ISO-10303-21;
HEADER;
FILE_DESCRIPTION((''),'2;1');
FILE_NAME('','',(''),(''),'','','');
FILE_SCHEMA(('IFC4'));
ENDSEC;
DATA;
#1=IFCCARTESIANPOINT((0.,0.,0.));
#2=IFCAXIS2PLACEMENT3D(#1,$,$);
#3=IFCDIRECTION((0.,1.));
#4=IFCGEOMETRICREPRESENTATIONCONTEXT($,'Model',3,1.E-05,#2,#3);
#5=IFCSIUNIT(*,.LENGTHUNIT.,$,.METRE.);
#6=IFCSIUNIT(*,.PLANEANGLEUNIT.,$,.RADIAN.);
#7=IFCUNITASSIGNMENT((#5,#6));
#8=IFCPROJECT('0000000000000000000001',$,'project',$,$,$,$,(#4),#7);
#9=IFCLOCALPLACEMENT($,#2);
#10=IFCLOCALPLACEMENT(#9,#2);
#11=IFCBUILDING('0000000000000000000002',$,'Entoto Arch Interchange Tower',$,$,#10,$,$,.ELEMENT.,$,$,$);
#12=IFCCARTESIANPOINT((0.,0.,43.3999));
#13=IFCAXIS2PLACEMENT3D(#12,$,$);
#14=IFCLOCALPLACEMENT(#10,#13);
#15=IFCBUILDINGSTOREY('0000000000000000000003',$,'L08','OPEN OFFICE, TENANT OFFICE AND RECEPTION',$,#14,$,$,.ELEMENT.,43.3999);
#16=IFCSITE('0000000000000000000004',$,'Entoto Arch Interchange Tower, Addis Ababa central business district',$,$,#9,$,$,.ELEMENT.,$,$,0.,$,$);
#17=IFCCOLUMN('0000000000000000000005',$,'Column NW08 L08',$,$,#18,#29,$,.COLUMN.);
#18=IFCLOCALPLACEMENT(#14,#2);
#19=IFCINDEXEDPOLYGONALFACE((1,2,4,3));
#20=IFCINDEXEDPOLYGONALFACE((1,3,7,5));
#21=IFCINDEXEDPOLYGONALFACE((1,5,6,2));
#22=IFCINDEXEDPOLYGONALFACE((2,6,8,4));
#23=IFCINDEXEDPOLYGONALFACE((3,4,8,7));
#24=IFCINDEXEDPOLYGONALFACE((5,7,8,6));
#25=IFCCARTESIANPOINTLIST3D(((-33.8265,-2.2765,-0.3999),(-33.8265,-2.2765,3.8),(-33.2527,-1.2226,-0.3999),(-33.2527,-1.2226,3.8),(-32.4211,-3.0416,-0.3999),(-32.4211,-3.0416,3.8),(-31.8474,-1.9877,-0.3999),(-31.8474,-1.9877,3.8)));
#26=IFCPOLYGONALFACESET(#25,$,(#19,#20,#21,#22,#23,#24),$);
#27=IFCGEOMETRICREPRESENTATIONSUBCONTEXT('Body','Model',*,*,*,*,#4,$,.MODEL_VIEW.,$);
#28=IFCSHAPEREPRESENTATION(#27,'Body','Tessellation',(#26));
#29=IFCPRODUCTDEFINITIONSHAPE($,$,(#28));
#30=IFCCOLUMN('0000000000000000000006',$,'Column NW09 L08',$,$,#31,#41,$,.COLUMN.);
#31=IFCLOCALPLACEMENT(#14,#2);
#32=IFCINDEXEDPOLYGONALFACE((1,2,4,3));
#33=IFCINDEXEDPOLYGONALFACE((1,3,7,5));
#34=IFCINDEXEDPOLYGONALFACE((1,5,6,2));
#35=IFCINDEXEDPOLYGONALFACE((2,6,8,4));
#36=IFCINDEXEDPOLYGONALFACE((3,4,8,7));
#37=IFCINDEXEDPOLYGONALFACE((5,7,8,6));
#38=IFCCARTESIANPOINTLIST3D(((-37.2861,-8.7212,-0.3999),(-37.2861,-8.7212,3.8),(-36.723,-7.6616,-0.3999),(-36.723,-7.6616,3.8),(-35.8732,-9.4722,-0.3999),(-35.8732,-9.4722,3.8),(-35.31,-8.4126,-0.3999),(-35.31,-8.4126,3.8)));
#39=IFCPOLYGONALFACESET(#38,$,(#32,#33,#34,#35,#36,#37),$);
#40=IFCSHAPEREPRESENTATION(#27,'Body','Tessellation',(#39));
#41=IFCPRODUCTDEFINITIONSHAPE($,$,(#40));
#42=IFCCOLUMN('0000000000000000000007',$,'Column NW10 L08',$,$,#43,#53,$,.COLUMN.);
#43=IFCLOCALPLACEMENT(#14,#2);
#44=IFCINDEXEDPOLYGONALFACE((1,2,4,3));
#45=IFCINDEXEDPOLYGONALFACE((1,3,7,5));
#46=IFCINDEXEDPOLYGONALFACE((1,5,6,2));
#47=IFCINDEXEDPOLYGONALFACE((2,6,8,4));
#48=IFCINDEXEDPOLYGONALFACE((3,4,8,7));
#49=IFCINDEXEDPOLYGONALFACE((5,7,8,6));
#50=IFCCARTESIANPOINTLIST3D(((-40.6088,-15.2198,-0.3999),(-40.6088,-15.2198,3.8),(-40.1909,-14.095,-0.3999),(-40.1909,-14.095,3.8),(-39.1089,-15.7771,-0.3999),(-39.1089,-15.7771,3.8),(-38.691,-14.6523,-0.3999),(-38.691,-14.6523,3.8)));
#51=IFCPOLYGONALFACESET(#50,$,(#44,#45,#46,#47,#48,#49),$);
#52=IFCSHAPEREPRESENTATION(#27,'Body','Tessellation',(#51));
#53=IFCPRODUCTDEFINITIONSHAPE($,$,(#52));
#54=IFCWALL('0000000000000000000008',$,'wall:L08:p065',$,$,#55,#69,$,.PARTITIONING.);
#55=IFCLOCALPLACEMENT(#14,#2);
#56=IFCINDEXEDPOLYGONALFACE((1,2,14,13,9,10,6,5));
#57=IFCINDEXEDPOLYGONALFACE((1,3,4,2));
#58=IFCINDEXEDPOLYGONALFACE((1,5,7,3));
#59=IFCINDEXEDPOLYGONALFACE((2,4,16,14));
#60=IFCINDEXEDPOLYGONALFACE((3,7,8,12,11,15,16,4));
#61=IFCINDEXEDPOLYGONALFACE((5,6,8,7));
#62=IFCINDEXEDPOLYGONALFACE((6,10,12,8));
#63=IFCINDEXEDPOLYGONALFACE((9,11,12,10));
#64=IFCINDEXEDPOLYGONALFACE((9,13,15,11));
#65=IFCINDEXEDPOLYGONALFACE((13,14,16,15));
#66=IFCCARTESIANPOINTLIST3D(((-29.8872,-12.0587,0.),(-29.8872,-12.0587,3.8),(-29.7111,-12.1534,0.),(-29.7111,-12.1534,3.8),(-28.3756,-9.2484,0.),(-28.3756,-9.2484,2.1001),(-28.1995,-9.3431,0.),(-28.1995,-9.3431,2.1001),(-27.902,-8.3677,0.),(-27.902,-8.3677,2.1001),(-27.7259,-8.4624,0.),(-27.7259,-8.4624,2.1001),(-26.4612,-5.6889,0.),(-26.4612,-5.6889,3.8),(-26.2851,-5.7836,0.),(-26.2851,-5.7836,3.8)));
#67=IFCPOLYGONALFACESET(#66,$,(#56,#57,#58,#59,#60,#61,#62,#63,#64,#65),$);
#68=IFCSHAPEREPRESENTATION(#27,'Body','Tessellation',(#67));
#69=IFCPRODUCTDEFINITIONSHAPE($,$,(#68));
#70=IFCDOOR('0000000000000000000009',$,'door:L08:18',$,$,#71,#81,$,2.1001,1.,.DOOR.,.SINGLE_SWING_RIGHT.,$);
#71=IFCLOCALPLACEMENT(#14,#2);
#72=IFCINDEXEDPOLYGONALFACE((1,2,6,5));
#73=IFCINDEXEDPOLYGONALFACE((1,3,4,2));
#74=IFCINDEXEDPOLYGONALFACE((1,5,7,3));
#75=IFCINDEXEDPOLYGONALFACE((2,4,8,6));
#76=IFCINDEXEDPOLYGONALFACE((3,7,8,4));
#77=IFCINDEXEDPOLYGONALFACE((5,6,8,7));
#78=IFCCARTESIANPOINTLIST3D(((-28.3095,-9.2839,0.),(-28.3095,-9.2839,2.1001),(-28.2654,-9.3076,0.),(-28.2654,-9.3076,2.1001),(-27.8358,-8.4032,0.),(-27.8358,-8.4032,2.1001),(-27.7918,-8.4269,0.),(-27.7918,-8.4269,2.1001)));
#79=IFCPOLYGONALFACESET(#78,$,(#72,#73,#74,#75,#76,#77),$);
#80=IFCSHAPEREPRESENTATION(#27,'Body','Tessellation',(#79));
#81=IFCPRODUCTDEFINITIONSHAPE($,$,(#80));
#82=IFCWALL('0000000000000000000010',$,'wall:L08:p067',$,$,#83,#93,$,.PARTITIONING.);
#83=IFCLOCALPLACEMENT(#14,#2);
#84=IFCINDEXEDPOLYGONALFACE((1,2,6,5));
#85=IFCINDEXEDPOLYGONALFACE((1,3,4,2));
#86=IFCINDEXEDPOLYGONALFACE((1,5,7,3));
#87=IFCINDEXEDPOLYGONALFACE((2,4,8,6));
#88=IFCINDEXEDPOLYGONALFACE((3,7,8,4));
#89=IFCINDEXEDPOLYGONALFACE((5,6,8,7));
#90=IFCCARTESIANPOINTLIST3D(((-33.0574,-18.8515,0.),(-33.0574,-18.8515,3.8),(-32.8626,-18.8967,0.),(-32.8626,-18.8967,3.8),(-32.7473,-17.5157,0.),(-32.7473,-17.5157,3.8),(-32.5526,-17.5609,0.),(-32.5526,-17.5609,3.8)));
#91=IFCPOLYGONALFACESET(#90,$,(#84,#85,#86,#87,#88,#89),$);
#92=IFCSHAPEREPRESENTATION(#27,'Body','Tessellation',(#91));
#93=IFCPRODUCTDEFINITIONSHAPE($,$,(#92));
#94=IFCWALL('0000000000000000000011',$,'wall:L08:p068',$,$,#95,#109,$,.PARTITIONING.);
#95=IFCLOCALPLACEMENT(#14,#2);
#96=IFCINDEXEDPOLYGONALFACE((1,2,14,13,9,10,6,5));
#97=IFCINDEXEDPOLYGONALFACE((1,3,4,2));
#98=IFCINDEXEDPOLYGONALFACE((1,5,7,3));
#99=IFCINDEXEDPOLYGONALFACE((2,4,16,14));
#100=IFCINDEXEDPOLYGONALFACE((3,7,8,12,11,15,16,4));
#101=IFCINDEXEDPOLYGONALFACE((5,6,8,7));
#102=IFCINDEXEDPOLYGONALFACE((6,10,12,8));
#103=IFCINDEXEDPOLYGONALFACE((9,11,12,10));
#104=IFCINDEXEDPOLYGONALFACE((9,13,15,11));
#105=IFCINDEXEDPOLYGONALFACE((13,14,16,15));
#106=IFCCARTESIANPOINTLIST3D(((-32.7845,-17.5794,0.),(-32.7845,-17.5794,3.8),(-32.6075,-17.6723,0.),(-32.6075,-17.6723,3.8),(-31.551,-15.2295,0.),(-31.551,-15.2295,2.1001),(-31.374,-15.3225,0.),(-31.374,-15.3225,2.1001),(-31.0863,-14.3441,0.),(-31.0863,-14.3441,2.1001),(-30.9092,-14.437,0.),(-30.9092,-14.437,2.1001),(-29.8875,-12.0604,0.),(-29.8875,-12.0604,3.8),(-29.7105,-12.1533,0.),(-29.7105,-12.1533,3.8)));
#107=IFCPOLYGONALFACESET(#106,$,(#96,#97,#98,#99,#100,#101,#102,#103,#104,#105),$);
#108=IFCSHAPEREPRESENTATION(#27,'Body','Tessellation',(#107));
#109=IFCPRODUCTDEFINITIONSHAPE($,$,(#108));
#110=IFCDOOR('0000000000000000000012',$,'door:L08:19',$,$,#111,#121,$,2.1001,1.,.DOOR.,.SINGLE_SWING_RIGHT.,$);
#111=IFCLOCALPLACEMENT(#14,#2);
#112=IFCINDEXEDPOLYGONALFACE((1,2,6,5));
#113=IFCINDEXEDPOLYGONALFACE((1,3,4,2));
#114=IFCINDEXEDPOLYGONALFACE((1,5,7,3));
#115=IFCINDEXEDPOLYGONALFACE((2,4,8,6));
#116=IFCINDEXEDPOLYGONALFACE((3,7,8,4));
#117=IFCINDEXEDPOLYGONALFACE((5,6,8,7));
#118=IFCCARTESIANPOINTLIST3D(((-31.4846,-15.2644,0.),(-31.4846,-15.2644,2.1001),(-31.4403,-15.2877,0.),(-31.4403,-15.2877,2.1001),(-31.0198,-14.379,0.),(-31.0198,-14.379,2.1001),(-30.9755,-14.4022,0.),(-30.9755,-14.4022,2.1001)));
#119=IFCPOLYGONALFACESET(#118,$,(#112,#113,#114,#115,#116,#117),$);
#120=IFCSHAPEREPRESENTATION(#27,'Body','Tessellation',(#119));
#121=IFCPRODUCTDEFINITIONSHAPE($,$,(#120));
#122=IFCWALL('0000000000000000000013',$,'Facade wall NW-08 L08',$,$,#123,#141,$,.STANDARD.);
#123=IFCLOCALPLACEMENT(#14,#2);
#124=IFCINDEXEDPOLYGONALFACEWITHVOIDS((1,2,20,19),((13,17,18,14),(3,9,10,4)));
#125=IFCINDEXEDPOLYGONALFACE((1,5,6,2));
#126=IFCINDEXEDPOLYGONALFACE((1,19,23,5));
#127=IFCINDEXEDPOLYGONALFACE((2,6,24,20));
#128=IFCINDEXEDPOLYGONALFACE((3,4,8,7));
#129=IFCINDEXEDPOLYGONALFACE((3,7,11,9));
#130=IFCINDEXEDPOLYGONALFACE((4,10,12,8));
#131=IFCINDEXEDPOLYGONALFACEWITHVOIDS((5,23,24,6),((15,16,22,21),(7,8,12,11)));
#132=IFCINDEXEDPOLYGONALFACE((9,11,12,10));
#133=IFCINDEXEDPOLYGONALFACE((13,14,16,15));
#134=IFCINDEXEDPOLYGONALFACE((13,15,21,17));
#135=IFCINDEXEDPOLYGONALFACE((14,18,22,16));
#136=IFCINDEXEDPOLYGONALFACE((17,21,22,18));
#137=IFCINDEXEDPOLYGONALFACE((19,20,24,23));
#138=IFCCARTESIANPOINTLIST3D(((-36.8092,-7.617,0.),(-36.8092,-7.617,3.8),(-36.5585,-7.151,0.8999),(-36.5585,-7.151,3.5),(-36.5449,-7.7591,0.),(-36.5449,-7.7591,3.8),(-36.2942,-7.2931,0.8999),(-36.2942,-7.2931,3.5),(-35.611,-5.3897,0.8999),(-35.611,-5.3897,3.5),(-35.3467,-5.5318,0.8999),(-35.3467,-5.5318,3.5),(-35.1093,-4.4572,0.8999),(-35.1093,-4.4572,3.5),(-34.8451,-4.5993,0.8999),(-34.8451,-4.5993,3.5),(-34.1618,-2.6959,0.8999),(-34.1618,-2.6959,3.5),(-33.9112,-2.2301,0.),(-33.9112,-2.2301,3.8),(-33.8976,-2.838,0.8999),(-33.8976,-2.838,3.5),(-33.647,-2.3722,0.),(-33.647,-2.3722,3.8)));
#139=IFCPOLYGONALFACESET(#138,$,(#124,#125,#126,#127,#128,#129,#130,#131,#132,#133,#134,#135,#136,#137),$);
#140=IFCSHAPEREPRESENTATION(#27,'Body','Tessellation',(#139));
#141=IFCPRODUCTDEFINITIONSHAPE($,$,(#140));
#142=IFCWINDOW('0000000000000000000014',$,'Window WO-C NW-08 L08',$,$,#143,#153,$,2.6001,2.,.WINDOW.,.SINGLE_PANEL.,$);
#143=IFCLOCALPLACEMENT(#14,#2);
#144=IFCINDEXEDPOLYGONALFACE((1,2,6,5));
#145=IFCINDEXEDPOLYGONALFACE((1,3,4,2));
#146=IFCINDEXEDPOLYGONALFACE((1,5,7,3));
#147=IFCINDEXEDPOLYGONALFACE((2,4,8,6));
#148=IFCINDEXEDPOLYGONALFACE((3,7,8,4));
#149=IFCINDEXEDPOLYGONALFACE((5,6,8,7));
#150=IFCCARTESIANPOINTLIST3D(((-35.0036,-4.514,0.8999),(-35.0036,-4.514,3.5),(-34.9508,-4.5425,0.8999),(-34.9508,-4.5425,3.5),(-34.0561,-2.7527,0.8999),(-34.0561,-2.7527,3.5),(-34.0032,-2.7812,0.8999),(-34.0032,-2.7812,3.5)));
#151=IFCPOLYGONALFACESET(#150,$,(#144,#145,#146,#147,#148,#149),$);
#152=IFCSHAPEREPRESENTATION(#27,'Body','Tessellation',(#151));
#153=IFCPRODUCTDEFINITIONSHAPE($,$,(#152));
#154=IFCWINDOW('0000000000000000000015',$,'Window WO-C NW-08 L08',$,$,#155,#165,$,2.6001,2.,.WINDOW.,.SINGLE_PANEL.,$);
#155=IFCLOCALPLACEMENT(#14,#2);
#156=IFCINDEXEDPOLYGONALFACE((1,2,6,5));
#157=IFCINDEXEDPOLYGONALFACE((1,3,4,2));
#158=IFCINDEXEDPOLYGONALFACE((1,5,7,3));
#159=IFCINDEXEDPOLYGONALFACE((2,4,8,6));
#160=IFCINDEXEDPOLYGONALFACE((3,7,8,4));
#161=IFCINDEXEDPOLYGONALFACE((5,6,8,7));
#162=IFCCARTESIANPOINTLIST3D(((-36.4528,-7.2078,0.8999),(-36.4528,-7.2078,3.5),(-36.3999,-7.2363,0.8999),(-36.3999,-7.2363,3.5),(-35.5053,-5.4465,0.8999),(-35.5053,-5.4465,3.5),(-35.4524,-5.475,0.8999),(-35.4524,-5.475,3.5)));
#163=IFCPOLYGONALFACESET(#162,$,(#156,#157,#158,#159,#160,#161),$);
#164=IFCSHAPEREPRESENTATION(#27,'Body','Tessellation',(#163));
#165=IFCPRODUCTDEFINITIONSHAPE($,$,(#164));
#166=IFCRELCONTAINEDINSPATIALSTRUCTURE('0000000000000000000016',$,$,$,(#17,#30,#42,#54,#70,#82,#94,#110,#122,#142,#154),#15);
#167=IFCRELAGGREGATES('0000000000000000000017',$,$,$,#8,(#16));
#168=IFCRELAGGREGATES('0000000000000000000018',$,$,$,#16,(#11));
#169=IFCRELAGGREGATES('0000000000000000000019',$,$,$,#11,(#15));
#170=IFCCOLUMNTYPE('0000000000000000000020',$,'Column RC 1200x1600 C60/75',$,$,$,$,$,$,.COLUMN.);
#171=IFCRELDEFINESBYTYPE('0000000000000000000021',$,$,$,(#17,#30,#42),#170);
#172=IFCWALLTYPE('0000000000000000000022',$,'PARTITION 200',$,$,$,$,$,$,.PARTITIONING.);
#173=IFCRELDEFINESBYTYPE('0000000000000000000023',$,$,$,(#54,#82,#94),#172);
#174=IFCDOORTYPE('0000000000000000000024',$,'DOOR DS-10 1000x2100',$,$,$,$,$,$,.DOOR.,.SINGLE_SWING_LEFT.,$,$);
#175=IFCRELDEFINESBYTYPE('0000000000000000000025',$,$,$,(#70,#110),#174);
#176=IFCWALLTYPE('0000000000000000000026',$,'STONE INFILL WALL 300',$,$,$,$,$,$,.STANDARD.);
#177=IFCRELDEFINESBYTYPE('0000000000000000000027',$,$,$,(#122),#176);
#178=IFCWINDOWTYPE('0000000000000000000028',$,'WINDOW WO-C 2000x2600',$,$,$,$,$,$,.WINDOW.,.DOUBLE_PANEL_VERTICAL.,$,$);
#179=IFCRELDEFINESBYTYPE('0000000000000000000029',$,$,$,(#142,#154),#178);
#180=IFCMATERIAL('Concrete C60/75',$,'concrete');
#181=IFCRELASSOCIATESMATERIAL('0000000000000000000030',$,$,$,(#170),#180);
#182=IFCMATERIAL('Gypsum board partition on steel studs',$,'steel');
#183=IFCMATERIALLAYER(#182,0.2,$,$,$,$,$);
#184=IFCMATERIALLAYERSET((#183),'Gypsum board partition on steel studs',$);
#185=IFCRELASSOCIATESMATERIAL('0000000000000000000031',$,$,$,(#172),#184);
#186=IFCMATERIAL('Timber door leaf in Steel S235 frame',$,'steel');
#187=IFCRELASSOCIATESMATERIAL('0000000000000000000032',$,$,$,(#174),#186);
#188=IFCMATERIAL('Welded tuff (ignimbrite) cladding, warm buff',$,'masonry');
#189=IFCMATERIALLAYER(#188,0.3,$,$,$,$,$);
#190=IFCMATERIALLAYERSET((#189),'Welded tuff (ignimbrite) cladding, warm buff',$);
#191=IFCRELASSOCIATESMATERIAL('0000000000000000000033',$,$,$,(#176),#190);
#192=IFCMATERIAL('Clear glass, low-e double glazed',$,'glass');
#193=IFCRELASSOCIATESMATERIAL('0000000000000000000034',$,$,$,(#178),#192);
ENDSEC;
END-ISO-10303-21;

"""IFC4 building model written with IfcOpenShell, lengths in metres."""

from ifc_helpers import new_model, si_unit, direction, frame, frame_2d, origin, origin_2d, place, context, subcontext, project, spatial, rectangle, extrude, material, layer, layer_set, material_profile, profile_set, type_object, element, fill, save


model = new_model("IFC4")

# Units and contexts
model_context = context("Model", 3, precision=1e-05, world=origin(), true_north=direction((0.0, 1.0)))
body_context = subcontext(model_context, "Body", "Model", "MODEL_VIEW")
ifc_project = project(units=[si_unit("LENGTHUNIT", "METRE"), si_unit("PLANEANGLEUNIT", "RADIAN")], contexts=[model_context])

# Site, building, storey
site_placement = place(None, origin())
site = spatial("IfcSite", under=ifc_project, at=site_placement, Name="Entoto Arch Interchange Tower, Addis Ababa central business district", CompositionType="ELEMENT", RefElevation=0.0)
building_placement = place(site_placement, origin())
building = spatial("IfcBuilding", under=site, at=building_placement, Name="Entoto Arch Interchange Tower", CompositionType="ELEMENT")
storey_placement = place(building_placement, frame((0.0, 0.0, 43.3999)))
storey = spatial("IfcBuildingStorey", under=building, at=storey_placement, Name="L08", Description="OPEN OFFICE, TENANT OFFICE AND RECEPTION", CompositionType="ELEMENT", Elevation=43.3999)

# Columns
ifc_material_1 = material(Name="Concrete C60/75", Category="concrete")
ifc_material_profile = material_profile(ifc_material_1, rectangle(XDim=1.2, YDim=1.6001, at=origin_2d()))
ifc_profile_set = profile_set([ifc_material_profile], Name="Concrete C60/75")
column_type = type_object("IfcColumnType", Name="Column RC 1200x1600 C60/75", PredefinedType="COLUMN", material=ifc_profile_set)
for number, where, z_axis, x_axis, name in (
    (1, (-32.8369, -2.1321, -0.3999), (0.0, 0.0, 1.0), (0.47814, 0.878284, 0.0), "Column NW08 L08"),
    (2, (-36.2981, -8.5669, -0.3999), (0.0, 0.0, 1.0), (0.469317, 0.88303, 0.0), "Column NW09 L08"),
    (3, (-39.6499, -14.936, -0.3999), (0.0, 0.0, 1.0), (0.348278, 0.937391, 0.0), "Column NW10 L08"),
):
    element("IfcColumn", number, at=place(storey_placement, frame(where, z_axis=z_axis, x_axis=x_axis)), inside=storey, type_object=column_type, Name=name, PredefinedType="COLUMN", context=body_context, shape_type="SweptSolid", body=[
        extrude(rectangle(XDim=1.2, YDim=1.6001, at=origin_2d()), origin(), (0.0, 0.0, 1.0), 4.2),
    ])

# Wall, opening, door
ifc_material_2 = material(Name="Gypsum board partition on steel studs", Category="steel")
ifc_layer_1 = layer(ifc_material_2, 0.2)
ifc_layer_set_1 = layer_set([ifc_layer_1], Name="Gypsum board partition on steel studs")
wall_type_1 = type_object("IfcWallType", Name="PARTITION 200", PredefinedType="PARTITIONING", material=ifc_layer_set_1)
wall_1_placement = place(storey_placement, frame((-29.7991, -12.106, 0.0), z_axis=(0.0, 0.0, 1.0), x_axis=(0.473681, 0.880696, 0.0)))
wall_1 = element("IfcWall", 4, at=wall_1_placement, inside=storey, type_object=wall_type_1, Name="wall:L08:p065", PredefinedType="PARTITIONING", context=body_context, shape_type="SweptSolid", body=[
    extrude(rectangle(XDim=7.2327, YDim=0.2, at=frame_2d((3.6162, 0.0))), origin(), (0.0, 0.0, 1.0), 3.8),
])
opening_1_placement = place(wall_1_placement, frame((3.1909, 0.0, 0.0)))
opening_1 = element("IfcOpeningElement", 5, at=opening_1_placement, cuts=wall_1, PredefinedType="OPENING", context=body_context, shape_type="SweptSolid", body=[
    extrude(rectangle(XDim=1.0, YDim=2.1001, at=frame_2d((0.5, 1.05))), frame((0.0, 0.1099, 0.0), z_axis=(0.0, -1.0, 0.0), x_axis=(1.0, 0.0, 0.0)), (0.0, 0.0, 1.0), 0.22),
])
ifc_material_3 = material(Name="Timber door leaf in Steel S235 frame", Category="steel")
door_type = type_object("IfcDoorType", Name="DOOR DS-10 1000x2100", OperationType="SINGLE_SWING_LEFT", PredefinedType="DOOR", material=ifc_material_3)
door_1_placement = place(opening_1_placement, origin())
door_1 = element("IfcDoor", 6, at=door_1_placement, inside=storey, type_object=door_type, Name="door:L08:18", OperationType="SINGLE_SWING_RIGHT", OverallHeight=2.1001, OverallWidth=1.0, PredefinedType="DOOR", context=body_context, shape_type="SweptSolid", body=[
    extrude(rectangle(XDim=1.0, YDim=2.1001, at=frame_2d((0.5, 1.05))), frame((0.0, 0.0249, 0.0), z_axis=(0.0, -1.0, 0.0), x_axis=(1.0, 0.0, 0.0)), (0.0, 0.0, 1.0), 0.05),
])
fill(opening_1, door_1)

# Wall
wall_2_placement = place(storey_placement, frame((-32.96, -18.874, 0.0), z_axis=(0.0, 0.0, 1.0), x_axis=(0.226081, 0.974108, 0.0)))
element("IfcWall", 7, at=wall_2_placement, inside=storey, type_object=wall_type_1, Name="wall:L08:p067", PredefinedType="PARTITIONING", context=body_context, shape_type="SweptSolid", body=[
    extrude(rectangle(XDim=1.3713, YDim=0.2, at=frame_2d((0.6855, 0.0))), origin(), (0.0, 0.0, 1.0), 3.8),
])

# Wall, opening, door
wall_3_placement = place(storey_placement, frame((-32.696, -17.626, 0.0), z_axis=(0.0, 0.0, 1.0), x_axis=(0.464768, 0.885433, 0.0)))
wall_3 = element("IfcWall", 8, at=wall_3_placement, inside=storey, type_object=wall_type_1, Name="wall:L08:p068", PredefinedType="PARTITIONING", context=body_context, shape_type="SweptSolid", body=[
    extrude(rectangle(XDim=6.2332, YDim=0.2, at=frame_2d((3.1167, 0.0))), origin(), (0.0, 0.0, 1.0), 3.8),
])
opening_2_placement = place(wall_3_placement, frame((2.6541, 0.0, 0.0)))
opening_2 = element("IfcOpeningElement", 9, at=opening_2_placement, cuts=wall_3, PredefinedType="OPENING", context=body_context, shape_type="SweptSolid", body=[
    extrude(rectangle(XDim=1.0, YDim=2.1001, at=frame_2d((0.5, 1.05))), frame((0.0, 0.1099, 0.0), z_axis=(0.0, -1.0, 0.0), x_axis=(1.0, 0.0, 0.0)), (0.0, 0.0, 1.0), 0.22),
])
door_2_placement = place(opening_2_placement, origin())
door_2 = element("IfcDoor", 10, at=door_2_placement, inside=storey, type_object=door_type, Name="door:L08:19", OperationType="SINGLE_SWING_RIGHT", OverallHeight=2.1001, OverallWidth=1.0, PredefinedType="DOOR", context=body_context, shape_type="SweptSolid", body=[
    extrude(rectangle(XDim=1.0, YDim=2.1001, at=frame_2d((0.5, 1.05))), frame((0.0, 0.0249, 0.0), z_axis=(0.0, -1.0, 0.0), x_axis=(1.0, 0.0, 0.0)), (0.0, 0.0, 1.0), 0.05),
])
fill(opening_2, door_2)

# Wall, openings, windows
ifc_material_4 = material(Name="Welded tuff (ignimbrite) cladding, warm buff", Category="masonry")
ifc_layer_2 = layer(ifc_material_4, 0.3)
ifc_layer_set_2 = layer_set([ifc_layer_2], Name="Welded tuff (ignimbrite) cladding, warm buff")
wall_type_2 = type_object("IfcWallType", Name="STONE INFILL WALL 300", PredefinedType="STANDARD", material=ifc_layer_set_2)
wall_4_placement = place(storey_placement, frame((-33.7791, -2.301, 0.0), z_axis=(0.0, 0.0, 1.0), x_axis=(-0.473755, -0.880657, 0.0)))
wall_4 = element("IfcWall", 11, at=wall_4_placement, inside=storey, type_object=wall_type_2, Name="Facade wall NW-08 L08", PredefinedType="STANDARD", context=body_context, shape_type="SweptSolid", body=[
    extrude(rectangle(XDim=6.1169, YDim=0.3, at=frame_2d((3.0586, 0.0))), origin(), (0.0, 0.0, 1.0), 3.8),
])
opening_3_placement = place(wall_4_placement, frame((0.5291, 0.0, 0.8999)))
opening_3 = element("IfcOpeningElement", 12, at=opening_3_placement, cuts=wall_4, PredefinedType="OPENING", context=body_context, shape_type="SweptSolid", body=[
    extrude(rectangle(XDim=2.0, YDim=2.6001, at=frame_2d((1.0, 1.3))), frame((0.0, 0.1602, 0.0), z_axis=(0.0, -1.0, 0.0), x_axis=(1.0, 0.0, 0.0)), (0.0, 0.0, 1.0), 0.3201),
])
opening_4_placement = place(wall_4_placement, frame((3.5879, 0.0, 0.8999)))
opening_4 = element("IfcOpeningElement", 13, at=opening_4_placement, cuts=wall_4, PredefinedType="OPENING", context=body_context, shape_type="SweptSolid", body=[
    extrude(rectangle(XDim=2.0, YDim=2.6001, at=frame_2d((1.0, 1.3))), frame((0.0, 0.1602, 0.0), z_axis=(0.0, -1.0, 0.0), x_axis=(1.0, 0.0, 0.0)), (0.0, 0.0, 1.0), 0.3201),
])
ifc_material_5 = material(Name="Clear glass, low-e double glazed", Category="glass")
window_type_1 = type_object("IfcWindowType", Name="WINDOW WO-C 2000x2600", PartitioningType="DOUBLE_PANEL_VERTICAL", PredefinedType="WINDOW", material=ifc_material_5)
window_1_placement = place(opening_3_placement, origin())
window_1 = element("IfcWindow", 14, at=window_1_placement, inside=storey, type_object=window_type_1, Name="Window WO-C NW-08 L08", OverallHeight=2.6001, OverallWidth=2.0, PartitioningType="SINGLE_PANEL", PredefinedType="WINDOW", context=body_context, shape_type="SweptSolid", body=[
    extrude(rectangle(XDim=2.0, YDim=2.6001, at=frame_2d((1.0, 1.3))), frame((0.0, 0.03, 0.0), z_axis=(0.0, -1.0, 0.0), x_axis=(1.0, 0.0, 0.0)), (0.0, 0.0, 1.0), 0.0601),
])
fill(opening_3, window_1)
window_2_placement = place(opening_4_placement, origin())
window_2 = element("IfcWindow", 15, at=window_2_placement, inside=storey, type_object=window_type_1, Name="Window WO-C NW-08 L08", OverallHeight=2.6001, OverallWidth=2.0, PartitioningType="SINGLE_PANEL", PredefinedType="WINDOW", context=body_context, shape_type="SweptSolid", body=[
    extrude(rectangle(XDim=2.0, YDim=2.6001, at=frame_2d((1.0, 1.3))), frame((0.0, 0.03, 0.0), z_axis=(0.0, -1.0, 0.0), x_axis=(1.0, 0.0, 0.0)), (0.0, 0.0, 1.0), 0.0601),
])
fill(opening_4, window_2)

save(model, "model.ifc")
